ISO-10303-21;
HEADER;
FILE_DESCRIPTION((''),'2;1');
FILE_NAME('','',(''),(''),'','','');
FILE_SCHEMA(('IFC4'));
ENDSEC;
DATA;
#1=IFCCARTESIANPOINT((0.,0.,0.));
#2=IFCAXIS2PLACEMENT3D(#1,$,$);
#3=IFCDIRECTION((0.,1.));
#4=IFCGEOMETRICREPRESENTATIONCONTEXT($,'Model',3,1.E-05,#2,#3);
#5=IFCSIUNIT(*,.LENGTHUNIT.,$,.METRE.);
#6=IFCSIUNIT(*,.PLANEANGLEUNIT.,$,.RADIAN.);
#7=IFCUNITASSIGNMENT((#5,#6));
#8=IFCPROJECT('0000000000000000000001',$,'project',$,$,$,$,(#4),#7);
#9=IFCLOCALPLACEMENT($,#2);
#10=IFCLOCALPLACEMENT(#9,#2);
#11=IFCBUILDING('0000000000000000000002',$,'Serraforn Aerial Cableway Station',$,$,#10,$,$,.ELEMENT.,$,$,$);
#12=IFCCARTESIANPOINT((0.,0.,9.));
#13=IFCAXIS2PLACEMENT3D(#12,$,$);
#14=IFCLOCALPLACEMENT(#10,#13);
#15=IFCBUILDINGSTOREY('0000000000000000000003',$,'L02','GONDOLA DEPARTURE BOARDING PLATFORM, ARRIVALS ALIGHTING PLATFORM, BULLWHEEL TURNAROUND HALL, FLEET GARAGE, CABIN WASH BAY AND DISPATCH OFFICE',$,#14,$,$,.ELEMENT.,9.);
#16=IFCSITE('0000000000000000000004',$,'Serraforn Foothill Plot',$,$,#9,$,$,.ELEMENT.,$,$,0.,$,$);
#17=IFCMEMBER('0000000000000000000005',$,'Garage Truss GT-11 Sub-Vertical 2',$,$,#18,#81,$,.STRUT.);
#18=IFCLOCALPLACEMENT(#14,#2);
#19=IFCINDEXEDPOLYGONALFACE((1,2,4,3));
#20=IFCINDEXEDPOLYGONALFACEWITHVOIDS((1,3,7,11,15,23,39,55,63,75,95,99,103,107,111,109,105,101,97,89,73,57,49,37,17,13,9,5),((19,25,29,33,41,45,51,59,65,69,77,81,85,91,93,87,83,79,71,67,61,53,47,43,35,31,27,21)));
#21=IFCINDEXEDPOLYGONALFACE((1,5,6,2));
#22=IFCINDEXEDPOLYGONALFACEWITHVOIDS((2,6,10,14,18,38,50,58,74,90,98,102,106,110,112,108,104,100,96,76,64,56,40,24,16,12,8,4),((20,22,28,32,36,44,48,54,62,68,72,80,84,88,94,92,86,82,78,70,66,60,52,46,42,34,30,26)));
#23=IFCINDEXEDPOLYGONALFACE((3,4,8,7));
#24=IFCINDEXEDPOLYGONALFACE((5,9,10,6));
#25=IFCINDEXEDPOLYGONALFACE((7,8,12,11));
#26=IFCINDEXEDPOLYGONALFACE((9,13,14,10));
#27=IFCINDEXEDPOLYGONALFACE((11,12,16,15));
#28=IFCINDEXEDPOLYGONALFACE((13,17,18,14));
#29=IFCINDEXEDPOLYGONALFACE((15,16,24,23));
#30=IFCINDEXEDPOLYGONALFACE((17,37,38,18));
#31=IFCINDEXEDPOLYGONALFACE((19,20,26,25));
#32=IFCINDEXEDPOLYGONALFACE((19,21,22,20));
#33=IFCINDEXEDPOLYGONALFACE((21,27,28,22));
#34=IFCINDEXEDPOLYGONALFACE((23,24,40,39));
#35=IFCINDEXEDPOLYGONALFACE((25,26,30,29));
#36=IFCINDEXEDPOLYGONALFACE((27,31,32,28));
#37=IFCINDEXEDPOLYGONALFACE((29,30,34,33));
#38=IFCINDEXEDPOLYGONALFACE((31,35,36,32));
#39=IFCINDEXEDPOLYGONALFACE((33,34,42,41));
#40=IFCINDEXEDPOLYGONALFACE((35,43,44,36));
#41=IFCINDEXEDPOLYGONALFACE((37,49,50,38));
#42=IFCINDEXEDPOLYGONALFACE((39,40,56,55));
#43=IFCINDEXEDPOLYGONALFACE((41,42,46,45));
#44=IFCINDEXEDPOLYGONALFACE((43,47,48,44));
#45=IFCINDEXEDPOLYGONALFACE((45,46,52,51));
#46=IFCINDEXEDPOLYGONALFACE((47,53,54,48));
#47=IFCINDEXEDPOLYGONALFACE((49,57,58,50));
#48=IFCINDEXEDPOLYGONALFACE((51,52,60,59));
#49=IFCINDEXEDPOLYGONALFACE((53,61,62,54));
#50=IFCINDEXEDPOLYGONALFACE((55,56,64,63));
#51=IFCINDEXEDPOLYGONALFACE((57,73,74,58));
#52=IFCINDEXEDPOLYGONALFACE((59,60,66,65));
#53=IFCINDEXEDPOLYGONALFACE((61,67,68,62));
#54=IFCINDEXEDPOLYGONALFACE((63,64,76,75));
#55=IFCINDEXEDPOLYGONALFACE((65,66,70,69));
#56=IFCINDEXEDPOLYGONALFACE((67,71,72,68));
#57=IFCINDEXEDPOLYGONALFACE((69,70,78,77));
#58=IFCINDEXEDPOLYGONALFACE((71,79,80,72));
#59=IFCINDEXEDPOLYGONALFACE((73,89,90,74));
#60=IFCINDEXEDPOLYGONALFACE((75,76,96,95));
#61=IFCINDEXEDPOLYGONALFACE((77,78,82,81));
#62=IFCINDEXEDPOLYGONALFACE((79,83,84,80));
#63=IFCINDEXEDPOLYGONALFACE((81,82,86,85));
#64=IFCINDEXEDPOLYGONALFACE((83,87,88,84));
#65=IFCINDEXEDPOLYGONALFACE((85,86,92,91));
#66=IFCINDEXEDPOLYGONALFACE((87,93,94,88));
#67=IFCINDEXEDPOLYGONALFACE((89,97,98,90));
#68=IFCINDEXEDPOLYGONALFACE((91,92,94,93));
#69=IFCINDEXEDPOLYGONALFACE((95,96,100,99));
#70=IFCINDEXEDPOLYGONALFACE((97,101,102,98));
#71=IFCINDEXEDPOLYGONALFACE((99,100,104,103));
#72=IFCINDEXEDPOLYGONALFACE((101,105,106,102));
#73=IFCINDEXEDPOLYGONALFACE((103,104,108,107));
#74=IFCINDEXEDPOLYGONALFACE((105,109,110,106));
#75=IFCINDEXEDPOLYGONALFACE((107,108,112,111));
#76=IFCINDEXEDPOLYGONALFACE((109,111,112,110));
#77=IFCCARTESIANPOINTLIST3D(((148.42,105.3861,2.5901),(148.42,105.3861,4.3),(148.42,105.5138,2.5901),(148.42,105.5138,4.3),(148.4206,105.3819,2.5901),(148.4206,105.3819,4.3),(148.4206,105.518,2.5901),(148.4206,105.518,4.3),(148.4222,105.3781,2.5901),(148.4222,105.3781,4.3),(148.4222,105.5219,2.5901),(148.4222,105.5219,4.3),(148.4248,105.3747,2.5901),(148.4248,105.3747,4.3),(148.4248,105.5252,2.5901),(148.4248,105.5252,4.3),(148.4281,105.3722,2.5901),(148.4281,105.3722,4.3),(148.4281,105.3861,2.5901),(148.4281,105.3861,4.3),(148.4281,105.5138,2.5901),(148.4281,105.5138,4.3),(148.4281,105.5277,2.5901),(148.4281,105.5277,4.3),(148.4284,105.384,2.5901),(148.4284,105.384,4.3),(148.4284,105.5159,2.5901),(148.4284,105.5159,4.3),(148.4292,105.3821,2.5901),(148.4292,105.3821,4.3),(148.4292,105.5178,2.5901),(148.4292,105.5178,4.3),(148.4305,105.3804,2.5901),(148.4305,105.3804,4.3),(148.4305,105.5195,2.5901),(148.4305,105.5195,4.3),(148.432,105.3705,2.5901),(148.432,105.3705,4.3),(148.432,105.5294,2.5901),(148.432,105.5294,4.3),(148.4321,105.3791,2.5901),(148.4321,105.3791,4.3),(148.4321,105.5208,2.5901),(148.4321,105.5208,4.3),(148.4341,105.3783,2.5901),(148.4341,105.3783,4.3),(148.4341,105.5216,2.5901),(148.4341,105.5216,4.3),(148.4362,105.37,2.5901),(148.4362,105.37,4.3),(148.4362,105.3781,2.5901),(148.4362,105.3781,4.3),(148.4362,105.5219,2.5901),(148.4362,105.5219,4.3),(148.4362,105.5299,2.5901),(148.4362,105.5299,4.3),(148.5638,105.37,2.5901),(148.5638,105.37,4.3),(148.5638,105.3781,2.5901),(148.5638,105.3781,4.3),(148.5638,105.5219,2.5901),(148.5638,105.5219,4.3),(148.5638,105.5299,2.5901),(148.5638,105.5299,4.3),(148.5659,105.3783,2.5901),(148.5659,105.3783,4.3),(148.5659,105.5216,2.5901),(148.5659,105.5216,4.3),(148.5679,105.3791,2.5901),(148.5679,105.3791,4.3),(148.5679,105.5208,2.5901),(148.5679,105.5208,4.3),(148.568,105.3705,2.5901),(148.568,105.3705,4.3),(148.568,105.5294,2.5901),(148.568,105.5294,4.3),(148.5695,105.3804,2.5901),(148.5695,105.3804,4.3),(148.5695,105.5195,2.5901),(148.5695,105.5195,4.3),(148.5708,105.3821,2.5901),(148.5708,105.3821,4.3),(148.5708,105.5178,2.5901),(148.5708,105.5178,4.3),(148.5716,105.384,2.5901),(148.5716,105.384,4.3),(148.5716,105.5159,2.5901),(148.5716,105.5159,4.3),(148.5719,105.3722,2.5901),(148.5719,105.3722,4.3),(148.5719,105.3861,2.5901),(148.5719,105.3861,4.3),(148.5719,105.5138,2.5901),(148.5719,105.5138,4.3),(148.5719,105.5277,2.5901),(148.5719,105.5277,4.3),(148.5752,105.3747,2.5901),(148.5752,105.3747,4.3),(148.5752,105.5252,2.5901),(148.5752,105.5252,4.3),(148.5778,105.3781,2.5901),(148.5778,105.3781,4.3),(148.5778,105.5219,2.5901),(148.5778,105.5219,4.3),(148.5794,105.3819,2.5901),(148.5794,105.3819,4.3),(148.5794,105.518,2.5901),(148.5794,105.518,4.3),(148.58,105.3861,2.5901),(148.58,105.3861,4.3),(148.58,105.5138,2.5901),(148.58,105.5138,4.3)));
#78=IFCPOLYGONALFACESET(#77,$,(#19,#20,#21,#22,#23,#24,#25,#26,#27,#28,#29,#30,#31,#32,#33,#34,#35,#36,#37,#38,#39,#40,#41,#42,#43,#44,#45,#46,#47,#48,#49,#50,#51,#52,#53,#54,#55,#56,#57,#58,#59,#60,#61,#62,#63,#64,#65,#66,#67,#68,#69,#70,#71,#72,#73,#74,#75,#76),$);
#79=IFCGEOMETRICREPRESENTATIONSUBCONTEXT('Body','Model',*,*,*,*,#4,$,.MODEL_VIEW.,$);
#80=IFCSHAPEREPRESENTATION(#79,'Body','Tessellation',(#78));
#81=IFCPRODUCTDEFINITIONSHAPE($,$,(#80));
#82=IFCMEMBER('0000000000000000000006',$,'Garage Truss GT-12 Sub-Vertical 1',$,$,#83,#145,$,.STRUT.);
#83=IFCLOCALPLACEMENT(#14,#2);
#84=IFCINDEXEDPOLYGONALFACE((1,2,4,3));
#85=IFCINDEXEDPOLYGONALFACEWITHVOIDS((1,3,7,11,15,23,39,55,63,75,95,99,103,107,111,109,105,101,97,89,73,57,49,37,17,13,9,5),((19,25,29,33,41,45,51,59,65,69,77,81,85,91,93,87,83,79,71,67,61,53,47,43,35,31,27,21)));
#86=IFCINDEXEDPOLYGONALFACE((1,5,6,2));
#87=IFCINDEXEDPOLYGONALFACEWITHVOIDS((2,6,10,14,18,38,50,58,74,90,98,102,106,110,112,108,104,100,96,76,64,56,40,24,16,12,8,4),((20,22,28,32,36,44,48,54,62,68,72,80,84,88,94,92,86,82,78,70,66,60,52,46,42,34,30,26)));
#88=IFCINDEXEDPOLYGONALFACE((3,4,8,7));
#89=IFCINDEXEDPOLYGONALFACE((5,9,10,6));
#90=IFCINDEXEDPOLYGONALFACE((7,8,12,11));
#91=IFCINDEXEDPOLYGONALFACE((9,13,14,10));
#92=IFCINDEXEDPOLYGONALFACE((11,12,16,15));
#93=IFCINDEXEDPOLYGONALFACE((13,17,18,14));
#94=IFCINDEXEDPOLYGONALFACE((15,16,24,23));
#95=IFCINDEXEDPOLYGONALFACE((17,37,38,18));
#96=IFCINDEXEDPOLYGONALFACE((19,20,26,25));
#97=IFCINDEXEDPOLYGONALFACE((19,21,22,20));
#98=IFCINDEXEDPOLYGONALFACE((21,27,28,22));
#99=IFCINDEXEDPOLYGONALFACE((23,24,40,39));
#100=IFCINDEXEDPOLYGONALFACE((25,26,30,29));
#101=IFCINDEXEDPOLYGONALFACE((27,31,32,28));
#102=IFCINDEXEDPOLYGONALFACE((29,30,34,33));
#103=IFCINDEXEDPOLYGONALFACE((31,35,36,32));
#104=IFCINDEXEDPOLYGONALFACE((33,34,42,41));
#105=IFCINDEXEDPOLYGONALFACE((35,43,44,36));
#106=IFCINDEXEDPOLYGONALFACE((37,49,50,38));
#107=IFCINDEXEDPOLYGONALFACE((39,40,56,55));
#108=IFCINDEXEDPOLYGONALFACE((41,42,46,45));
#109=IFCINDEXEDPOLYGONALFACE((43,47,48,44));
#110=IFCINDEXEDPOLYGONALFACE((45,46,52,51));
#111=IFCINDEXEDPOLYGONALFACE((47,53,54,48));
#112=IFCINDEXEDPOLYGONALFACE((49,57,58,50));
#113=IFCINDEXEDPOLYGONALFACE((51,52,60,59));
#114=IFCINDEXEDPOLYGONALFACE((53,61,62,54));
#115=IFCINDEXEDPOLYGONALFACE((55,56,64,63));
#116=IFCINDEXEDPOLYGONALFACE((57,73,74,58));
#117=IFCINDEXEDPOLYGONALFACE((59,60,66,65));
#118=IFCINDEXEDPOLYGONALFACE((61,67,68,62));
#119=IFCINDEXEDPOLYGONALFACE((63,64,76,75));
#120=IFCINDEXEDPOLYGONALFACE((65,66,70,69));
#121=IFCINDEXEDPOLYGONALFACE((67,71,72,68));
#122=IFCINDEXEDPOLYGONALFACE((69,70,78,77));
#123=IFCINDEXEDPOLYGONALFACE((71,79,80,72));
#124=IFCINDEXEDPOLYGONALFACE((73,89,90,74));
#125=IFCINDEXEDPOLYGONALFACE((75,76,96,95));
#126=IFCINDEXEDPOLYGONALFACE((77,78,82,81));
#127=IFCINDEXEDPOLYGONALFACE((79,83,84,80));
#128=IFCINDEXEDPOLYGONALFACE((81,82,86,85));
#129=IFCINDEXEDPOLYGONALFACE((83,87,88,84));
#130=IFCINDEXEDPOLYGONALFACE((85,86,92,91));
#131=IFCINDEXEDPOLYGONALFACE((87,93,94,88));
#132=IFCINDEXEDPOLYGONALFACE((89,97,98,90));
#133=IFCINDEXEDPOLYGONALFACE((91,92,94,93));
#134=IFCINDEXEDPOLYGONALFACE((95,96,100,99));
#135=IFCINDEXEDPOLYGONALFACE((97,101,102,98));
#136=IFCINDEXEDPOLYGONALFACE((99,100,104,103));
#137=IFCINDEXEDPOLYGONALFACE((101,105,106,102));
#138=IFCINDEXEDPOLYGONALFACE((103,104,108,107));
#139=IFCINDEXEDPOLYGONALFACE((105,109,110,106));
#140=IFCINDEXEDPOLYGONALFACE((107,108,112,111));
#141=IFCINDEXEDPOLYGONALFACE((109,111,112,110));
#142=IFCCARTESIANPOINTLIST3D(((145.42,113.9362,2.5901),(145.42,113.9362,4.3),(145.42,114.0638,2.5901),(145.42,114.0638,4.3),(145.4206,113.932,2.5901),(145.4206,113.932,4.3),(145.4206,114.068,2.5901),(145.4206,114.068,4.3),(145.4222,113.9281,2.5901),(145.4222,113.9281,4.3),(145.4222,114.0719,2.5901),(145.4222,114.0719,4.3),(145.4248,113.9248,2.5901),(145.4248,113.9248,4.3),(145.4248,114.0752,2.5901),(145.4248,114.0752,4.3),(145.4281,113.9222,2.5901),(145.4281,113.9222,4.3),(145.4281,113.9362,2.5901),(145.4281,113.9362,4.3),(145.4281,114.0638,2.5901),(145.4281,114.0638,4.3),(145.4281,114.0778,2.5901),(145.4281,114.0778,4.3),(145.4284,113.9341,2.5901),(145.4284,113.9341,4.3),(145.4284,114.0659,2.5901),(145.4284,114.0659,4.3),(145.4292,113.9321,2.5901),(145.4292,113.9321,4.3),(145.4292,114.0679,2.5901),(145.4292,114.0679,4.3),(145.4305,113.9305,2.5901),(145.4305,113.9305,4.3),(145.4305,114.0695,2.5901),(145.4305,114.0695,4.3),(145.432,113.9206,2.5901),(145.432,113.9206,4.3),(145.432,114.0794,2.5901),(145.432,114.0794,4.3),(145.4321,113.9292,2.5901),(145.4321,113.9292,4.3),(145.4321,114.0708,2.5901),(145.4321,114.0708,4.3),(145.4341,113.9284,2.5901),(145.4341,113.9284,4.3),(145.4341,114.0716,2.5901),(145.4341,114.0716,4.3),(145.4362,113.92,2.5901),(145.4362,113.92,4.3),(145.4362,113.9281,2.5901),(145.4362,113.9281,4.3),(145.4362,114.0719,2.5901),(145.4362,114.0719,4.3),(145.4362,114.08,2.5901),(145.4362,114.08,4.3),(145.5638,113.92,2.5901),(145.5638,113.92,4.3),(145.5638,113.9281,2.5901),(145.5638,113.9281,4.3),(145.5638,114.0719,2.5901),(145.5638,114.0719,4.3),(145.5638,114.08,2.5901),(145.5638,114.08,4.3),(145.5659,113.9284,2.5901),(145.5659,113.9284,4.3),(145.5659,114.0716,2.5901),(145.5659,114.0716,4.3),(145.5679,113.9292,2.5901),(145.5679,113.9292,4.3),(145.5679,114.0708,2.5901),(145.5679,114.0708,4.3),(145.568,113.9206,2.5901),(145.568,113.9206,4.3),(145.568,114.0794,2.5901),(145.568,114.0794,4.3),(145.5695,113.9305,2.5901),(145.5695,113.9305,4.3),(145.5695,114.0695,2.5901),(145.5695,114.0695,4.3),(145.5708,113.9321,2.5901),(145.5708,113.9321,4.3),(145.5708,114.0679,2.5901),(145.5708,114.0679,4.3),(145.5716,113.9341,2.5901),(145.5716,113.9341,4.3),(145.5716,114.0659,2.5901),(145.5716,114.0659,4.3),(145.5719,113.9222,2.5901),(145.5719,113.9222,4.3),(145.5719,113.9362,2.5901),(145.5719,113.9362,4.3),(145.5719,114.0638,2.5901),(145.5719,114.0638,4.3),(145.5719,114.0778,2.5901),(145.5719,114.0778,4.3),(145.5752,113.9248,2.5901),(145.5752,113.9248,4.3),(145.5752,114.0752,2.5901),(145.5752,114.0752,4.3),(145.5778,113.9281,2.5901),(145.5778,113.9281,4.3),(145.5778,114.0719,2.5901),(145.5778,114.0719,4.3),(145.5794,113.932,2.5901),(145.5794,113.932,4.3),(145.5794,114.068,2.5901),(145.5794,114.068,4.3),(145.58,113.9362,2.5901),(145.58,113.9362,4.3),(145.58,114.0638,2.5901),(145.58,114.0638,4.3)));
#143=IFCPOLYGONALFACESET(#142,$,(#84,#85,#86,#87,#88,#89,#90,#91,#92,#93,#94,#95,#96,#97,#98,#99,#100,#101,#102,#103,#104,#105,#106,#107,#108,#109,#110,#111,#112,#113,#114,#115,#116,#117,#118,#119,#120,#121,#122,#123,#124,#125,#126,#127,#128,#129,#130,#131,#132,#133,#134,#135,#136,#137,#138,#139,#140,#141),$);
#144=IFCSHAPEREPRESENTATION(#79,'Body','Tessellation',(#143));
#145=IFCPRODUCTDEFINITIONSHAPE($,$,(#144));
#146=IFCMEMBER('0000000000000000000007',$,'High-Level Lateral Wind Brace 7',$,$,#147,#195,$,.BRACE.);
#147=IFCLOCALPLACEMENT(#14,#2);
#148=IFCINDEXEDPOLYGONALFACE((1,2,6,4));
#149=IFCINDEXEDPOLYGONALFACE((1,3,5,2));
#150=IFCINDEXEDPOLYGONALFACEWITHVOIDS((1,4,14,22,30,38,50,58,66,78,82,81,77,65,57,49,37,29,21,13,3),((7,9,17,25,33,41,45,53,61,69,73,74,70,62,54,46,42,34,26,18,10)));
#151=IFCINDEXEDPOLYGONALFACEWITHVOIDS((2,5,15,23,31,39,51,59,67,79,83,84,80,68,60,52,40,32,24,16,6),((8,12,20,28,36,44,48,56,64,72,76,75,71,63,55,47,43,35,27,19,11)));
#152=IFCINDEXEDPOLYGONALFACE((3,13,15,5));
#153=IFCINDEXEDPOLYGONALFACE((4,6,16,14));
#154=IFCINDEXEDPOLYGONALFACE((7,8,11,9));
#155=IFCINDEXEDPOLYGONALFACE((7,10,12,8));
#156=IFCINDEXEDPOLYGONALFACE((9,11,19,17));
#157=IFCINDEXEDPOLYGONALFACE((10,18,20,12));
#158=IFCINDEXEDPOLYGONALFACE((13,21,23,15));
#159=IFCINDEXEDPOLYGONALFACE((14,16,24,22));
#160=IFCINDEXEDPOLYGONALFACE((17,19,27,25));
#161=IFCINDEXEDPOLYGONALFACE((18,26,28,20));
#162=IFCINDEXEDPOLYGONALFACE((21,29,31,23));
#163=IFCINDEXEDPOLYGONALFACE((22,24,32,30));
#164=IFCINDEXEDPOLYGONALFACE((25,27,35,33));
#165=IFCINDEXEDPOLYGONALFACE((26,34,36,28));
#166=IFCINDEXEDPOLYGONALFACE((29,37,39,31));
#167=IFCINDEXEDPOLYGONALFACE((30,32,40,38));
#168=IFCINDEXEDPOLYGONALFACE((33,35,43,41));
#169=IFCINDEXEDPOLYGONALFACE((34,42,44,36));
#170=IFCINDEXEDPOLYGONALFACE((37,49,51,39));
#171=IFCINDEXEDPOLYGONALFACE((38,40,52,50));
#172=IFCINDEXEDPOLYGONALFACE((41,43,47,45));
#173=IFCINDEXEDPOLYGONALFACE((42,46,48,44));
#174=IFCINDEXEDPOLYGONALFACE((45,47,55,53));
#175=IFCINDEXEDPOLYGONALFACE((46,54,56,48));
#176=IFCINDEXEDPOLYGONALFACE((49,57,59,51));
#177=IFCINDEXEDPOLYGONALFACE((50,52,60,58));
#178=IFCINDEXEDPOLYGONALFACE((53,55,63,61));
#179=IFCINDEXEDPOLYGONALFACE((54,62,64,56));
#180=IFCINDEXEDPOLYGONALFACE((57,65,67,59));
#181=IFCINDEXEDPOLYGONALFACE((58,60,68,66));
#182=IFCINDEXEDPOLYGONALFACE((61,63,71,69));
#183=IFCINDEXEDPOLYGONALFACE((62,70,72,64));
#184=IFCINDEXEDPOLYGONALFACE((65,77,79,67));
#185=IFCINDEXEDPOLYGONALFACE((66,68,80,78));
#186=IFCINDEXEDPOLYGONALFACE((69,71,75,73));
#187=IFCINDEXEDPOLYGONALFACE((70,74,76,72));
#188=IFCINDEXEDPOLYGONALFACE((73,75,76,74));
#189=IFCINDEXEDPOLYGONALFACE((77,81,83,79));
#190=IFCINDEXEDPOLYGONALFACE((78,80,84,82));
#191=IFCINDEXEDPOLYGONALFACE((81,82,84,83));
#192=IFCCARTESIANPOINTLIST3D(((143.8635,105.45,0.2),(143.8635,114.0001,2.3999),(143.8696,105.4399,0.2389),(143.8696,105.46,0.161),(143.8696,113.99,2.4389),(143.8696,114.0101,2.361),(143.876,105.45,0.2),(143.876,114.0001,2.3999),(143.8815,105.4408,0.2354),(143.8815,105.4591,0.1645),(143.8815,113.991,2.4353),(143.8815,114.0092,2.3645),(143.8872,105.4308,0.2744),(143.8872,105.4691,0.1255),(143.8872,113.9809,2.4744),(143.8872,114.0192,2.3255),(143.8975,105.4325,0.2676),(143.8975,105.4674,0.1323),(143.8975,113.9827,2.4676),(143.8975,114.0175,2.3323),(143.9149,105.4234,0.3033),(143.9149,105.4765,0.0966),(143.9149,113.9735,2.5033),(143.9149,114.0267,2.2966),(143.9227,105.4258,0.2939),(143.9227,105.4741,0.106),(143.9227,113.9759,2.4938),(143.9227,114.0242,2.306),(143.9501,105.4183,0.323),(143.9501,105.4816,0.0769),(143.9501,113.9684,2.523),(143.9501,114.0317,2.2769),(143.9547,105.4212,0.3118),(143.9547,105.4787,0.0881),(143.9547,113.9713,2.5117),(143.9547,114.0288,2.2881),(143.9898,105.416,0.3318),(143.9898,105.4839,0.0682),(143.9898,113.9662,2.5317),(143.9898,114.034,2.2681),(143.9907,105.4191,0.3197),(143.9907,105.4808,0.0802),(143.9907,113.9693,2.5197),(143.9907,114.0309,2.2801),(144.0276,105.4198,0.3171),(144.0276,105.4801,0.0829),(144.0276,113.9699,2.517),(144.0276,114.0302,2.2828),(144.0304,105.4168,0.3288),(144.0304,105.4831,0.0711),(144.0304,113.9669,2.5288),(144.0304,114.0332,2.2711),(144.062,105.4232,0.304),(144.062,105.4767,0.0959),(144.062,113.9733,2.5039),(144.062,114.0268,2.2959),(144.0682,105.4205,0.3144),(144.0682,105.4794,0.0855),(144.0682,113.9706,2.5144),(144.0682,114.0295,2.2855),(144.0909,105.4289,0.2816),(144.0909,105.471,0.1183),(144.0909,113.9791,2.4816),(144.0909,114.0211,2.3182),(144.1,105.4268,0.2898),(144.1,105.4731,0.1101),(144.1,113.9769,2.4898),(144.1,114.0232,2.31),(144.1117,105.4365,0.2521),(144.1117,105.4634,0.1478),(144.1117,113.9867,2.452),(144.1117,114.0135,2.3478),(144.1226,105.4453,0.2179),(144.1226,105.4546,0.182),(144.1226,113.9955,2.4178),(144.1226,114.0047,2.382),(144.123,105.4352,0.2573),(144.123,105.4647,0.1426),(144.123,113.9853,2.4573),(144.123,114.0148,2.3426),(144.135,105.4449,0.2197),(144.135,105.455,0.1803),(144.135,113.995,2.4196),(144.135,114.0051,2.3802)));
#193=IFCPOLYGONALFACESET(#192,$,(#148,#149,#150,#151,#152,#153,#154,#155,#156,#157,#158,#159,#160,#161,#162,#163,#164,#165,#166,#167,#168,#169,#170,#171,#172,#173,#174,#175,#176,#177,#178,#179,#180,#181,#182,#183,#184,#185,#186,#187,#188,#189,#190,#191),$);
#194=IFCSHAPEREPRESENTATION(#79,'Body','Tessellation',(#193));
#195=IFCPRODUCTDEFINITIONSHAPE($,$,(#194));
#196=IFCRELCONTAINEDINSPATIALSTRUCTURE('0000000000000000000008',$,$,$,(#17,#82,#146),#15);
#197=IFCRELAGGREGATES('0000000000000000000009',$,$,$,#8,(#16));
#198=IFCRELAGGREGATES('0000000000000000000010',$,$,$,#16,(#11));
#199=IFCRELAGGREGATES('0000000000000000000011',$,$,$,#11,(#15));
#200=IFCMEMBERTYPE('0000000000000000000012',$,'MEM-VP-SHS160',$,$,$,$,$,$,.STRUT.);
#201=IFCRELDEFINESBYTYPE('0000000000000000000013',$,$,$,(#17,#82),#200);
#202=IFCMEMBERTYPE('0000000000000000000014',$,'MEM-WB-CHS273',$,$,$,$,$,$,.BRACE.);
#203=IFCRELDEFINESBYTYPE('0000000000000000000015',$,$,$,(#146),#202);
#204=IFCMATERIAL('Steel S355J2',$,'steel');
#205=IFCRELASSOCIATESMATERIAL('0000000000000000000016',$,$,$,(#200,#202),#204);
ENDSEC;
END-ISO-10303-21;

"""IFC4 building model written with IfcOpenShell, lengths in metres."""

from ifc_helpers import new_model, si_unit, direction, frame, origin, origin_2d, place, context, subcontext, project, spatial, hollow_rectangle, hollow_circle, extrude, material, material_profile, profile_set, type_object, element, save


model = new_model("IFC4")

# Units and contexts
model_context = context("Model", 3, precision=1e-05, world=origin(), true_north=direction((0.0, 1.0)))
body_context = subcontext(model_context, "Body", "Model", "MODEL_VIEW")
ifc_project = project(units=[si_unit("LENGTHUNIT", "METRE"), si_unit("PLANEANGLEUNIT", "RADIAN")], contexts=[model_context])

# Site, building, storey
site_placement = place(None, origin())
site = spatial("IfcSite", under=ifc_project, at=site_placement, Name="Serraforn Foothill Plot", CompositionType="ELEMENT", RefElevation=0.0)
building_placement = place(site_placement, origin())
building = spatial("IfcBuilding", under=site, at=building_placement, Name="Serraforn Aerial Cableway Station", CompositionType="ELEMENT")
storey_placement = place(building_placement, frame((0.0, 0.0, 9.0)))
storey = spatial("IfcBuildingStorey", under=building, at=storey_placement, Name="L02", Description="GONDOLA DEPARTURE BOARDING PLATFORM, ARRIVALS ALIGHTING PLATFORM, BULLWHEEL TURNAROUND HALL, FLEET GARAGE, CABIN WASH BAY AND DISPATCH OFFICE", CompositionType="ELEMENT", Elevation=9.0)

# Shared definitions
ifc_material_1 = material(Name="Steel S355J2", Category="steel")

# Members
ifc_material_profile_1 = material_profile(ifc_material_1, hollow_rectangle(XDim=0.1599, YDim=0.1599, WallThickness=0.0081, InnerFilletRadius=0.0081, OuterFilletRadius=0.0161, at=origin_2d()), Name="SHS 160x160x8.0")
ifc_profile_set_1 = profile_set([ifc_material_profile_1], Name="Steel S355J2")
member_type_1 = type_object("IfcMemberType", Name="MEM-VP-SHS160", PredefinedType="STRUT", material=ifc_profile_set_1)
for number, where, z_axis, x_axis, name in (
    (1, (148.5, 105.45, 2.5901), (0.0, 0.0, 1.0), (1.0, 0.0, 0.0), "Garage Truss GT-11 Sub-Vertical 2"),
    (2, (145.5, 114.0, 2.5901), (0.0, 0.0, 1.0), (1.0, 0.0, 0.0), "Garage Truss GT-12 Sub-Vertical 1"),
):
    element("IfcMember", number, at=place(storey_placement, frame(where, z_axis=z_axis, x_axis=x_axis)), inside=storey, type_object=member_type_1, Name=name, PredefinedType="STRUT", context=body_context, shape_type="SweptSolid", body=[
        extrude(hollow_rectangle(XDim=0.1599, YDim=0.1599, WallThickness=0.0081, InnerFilletRadius=0.0081, OuterFilletRadius=0.0161, at=origin_2d()), origin(), (0.0, 0.0, 1.0), 1.71),
    ])
ifc_material_profile_2 = material_profile(ifc_material_1, hollow_circle(Radius=0.1365, WallThickness=0.0125, at=origin_2d()), Name="CHS 273.0x12.5")
ifc_profile_set_2 = profile_set([ifc_material_profile_2], Name="Steel S355J2")
member_type_2 = type_object("IfcMemberType", Name="MEM-WB-CHS273", PredefinedType="BRACE", material=ifc_profile_set_2)
member_1_placement = place(storey_placement, frame((144.0, 105.45, 0.2), z_axis=(0.0, 0.968456, 0.249186), x_axis=(-1.0, 0.0, 0.0)))
element("IfcMember", 3, at=member_1_placement, inside=storey, type_object=member_type_2, Name="High-Level Lateral Wind Brace 7", PredefinedType="BRACE", context=body_context, shape_type="SweptSolid", body=[
    extrude(hollow_circle(Radius=0.1365, WallThickness=0.0125, at=origin_2d()), origin(), (0.0, 0.0, 1.0), 8.8286),
])

save(model, "model.ifc")
